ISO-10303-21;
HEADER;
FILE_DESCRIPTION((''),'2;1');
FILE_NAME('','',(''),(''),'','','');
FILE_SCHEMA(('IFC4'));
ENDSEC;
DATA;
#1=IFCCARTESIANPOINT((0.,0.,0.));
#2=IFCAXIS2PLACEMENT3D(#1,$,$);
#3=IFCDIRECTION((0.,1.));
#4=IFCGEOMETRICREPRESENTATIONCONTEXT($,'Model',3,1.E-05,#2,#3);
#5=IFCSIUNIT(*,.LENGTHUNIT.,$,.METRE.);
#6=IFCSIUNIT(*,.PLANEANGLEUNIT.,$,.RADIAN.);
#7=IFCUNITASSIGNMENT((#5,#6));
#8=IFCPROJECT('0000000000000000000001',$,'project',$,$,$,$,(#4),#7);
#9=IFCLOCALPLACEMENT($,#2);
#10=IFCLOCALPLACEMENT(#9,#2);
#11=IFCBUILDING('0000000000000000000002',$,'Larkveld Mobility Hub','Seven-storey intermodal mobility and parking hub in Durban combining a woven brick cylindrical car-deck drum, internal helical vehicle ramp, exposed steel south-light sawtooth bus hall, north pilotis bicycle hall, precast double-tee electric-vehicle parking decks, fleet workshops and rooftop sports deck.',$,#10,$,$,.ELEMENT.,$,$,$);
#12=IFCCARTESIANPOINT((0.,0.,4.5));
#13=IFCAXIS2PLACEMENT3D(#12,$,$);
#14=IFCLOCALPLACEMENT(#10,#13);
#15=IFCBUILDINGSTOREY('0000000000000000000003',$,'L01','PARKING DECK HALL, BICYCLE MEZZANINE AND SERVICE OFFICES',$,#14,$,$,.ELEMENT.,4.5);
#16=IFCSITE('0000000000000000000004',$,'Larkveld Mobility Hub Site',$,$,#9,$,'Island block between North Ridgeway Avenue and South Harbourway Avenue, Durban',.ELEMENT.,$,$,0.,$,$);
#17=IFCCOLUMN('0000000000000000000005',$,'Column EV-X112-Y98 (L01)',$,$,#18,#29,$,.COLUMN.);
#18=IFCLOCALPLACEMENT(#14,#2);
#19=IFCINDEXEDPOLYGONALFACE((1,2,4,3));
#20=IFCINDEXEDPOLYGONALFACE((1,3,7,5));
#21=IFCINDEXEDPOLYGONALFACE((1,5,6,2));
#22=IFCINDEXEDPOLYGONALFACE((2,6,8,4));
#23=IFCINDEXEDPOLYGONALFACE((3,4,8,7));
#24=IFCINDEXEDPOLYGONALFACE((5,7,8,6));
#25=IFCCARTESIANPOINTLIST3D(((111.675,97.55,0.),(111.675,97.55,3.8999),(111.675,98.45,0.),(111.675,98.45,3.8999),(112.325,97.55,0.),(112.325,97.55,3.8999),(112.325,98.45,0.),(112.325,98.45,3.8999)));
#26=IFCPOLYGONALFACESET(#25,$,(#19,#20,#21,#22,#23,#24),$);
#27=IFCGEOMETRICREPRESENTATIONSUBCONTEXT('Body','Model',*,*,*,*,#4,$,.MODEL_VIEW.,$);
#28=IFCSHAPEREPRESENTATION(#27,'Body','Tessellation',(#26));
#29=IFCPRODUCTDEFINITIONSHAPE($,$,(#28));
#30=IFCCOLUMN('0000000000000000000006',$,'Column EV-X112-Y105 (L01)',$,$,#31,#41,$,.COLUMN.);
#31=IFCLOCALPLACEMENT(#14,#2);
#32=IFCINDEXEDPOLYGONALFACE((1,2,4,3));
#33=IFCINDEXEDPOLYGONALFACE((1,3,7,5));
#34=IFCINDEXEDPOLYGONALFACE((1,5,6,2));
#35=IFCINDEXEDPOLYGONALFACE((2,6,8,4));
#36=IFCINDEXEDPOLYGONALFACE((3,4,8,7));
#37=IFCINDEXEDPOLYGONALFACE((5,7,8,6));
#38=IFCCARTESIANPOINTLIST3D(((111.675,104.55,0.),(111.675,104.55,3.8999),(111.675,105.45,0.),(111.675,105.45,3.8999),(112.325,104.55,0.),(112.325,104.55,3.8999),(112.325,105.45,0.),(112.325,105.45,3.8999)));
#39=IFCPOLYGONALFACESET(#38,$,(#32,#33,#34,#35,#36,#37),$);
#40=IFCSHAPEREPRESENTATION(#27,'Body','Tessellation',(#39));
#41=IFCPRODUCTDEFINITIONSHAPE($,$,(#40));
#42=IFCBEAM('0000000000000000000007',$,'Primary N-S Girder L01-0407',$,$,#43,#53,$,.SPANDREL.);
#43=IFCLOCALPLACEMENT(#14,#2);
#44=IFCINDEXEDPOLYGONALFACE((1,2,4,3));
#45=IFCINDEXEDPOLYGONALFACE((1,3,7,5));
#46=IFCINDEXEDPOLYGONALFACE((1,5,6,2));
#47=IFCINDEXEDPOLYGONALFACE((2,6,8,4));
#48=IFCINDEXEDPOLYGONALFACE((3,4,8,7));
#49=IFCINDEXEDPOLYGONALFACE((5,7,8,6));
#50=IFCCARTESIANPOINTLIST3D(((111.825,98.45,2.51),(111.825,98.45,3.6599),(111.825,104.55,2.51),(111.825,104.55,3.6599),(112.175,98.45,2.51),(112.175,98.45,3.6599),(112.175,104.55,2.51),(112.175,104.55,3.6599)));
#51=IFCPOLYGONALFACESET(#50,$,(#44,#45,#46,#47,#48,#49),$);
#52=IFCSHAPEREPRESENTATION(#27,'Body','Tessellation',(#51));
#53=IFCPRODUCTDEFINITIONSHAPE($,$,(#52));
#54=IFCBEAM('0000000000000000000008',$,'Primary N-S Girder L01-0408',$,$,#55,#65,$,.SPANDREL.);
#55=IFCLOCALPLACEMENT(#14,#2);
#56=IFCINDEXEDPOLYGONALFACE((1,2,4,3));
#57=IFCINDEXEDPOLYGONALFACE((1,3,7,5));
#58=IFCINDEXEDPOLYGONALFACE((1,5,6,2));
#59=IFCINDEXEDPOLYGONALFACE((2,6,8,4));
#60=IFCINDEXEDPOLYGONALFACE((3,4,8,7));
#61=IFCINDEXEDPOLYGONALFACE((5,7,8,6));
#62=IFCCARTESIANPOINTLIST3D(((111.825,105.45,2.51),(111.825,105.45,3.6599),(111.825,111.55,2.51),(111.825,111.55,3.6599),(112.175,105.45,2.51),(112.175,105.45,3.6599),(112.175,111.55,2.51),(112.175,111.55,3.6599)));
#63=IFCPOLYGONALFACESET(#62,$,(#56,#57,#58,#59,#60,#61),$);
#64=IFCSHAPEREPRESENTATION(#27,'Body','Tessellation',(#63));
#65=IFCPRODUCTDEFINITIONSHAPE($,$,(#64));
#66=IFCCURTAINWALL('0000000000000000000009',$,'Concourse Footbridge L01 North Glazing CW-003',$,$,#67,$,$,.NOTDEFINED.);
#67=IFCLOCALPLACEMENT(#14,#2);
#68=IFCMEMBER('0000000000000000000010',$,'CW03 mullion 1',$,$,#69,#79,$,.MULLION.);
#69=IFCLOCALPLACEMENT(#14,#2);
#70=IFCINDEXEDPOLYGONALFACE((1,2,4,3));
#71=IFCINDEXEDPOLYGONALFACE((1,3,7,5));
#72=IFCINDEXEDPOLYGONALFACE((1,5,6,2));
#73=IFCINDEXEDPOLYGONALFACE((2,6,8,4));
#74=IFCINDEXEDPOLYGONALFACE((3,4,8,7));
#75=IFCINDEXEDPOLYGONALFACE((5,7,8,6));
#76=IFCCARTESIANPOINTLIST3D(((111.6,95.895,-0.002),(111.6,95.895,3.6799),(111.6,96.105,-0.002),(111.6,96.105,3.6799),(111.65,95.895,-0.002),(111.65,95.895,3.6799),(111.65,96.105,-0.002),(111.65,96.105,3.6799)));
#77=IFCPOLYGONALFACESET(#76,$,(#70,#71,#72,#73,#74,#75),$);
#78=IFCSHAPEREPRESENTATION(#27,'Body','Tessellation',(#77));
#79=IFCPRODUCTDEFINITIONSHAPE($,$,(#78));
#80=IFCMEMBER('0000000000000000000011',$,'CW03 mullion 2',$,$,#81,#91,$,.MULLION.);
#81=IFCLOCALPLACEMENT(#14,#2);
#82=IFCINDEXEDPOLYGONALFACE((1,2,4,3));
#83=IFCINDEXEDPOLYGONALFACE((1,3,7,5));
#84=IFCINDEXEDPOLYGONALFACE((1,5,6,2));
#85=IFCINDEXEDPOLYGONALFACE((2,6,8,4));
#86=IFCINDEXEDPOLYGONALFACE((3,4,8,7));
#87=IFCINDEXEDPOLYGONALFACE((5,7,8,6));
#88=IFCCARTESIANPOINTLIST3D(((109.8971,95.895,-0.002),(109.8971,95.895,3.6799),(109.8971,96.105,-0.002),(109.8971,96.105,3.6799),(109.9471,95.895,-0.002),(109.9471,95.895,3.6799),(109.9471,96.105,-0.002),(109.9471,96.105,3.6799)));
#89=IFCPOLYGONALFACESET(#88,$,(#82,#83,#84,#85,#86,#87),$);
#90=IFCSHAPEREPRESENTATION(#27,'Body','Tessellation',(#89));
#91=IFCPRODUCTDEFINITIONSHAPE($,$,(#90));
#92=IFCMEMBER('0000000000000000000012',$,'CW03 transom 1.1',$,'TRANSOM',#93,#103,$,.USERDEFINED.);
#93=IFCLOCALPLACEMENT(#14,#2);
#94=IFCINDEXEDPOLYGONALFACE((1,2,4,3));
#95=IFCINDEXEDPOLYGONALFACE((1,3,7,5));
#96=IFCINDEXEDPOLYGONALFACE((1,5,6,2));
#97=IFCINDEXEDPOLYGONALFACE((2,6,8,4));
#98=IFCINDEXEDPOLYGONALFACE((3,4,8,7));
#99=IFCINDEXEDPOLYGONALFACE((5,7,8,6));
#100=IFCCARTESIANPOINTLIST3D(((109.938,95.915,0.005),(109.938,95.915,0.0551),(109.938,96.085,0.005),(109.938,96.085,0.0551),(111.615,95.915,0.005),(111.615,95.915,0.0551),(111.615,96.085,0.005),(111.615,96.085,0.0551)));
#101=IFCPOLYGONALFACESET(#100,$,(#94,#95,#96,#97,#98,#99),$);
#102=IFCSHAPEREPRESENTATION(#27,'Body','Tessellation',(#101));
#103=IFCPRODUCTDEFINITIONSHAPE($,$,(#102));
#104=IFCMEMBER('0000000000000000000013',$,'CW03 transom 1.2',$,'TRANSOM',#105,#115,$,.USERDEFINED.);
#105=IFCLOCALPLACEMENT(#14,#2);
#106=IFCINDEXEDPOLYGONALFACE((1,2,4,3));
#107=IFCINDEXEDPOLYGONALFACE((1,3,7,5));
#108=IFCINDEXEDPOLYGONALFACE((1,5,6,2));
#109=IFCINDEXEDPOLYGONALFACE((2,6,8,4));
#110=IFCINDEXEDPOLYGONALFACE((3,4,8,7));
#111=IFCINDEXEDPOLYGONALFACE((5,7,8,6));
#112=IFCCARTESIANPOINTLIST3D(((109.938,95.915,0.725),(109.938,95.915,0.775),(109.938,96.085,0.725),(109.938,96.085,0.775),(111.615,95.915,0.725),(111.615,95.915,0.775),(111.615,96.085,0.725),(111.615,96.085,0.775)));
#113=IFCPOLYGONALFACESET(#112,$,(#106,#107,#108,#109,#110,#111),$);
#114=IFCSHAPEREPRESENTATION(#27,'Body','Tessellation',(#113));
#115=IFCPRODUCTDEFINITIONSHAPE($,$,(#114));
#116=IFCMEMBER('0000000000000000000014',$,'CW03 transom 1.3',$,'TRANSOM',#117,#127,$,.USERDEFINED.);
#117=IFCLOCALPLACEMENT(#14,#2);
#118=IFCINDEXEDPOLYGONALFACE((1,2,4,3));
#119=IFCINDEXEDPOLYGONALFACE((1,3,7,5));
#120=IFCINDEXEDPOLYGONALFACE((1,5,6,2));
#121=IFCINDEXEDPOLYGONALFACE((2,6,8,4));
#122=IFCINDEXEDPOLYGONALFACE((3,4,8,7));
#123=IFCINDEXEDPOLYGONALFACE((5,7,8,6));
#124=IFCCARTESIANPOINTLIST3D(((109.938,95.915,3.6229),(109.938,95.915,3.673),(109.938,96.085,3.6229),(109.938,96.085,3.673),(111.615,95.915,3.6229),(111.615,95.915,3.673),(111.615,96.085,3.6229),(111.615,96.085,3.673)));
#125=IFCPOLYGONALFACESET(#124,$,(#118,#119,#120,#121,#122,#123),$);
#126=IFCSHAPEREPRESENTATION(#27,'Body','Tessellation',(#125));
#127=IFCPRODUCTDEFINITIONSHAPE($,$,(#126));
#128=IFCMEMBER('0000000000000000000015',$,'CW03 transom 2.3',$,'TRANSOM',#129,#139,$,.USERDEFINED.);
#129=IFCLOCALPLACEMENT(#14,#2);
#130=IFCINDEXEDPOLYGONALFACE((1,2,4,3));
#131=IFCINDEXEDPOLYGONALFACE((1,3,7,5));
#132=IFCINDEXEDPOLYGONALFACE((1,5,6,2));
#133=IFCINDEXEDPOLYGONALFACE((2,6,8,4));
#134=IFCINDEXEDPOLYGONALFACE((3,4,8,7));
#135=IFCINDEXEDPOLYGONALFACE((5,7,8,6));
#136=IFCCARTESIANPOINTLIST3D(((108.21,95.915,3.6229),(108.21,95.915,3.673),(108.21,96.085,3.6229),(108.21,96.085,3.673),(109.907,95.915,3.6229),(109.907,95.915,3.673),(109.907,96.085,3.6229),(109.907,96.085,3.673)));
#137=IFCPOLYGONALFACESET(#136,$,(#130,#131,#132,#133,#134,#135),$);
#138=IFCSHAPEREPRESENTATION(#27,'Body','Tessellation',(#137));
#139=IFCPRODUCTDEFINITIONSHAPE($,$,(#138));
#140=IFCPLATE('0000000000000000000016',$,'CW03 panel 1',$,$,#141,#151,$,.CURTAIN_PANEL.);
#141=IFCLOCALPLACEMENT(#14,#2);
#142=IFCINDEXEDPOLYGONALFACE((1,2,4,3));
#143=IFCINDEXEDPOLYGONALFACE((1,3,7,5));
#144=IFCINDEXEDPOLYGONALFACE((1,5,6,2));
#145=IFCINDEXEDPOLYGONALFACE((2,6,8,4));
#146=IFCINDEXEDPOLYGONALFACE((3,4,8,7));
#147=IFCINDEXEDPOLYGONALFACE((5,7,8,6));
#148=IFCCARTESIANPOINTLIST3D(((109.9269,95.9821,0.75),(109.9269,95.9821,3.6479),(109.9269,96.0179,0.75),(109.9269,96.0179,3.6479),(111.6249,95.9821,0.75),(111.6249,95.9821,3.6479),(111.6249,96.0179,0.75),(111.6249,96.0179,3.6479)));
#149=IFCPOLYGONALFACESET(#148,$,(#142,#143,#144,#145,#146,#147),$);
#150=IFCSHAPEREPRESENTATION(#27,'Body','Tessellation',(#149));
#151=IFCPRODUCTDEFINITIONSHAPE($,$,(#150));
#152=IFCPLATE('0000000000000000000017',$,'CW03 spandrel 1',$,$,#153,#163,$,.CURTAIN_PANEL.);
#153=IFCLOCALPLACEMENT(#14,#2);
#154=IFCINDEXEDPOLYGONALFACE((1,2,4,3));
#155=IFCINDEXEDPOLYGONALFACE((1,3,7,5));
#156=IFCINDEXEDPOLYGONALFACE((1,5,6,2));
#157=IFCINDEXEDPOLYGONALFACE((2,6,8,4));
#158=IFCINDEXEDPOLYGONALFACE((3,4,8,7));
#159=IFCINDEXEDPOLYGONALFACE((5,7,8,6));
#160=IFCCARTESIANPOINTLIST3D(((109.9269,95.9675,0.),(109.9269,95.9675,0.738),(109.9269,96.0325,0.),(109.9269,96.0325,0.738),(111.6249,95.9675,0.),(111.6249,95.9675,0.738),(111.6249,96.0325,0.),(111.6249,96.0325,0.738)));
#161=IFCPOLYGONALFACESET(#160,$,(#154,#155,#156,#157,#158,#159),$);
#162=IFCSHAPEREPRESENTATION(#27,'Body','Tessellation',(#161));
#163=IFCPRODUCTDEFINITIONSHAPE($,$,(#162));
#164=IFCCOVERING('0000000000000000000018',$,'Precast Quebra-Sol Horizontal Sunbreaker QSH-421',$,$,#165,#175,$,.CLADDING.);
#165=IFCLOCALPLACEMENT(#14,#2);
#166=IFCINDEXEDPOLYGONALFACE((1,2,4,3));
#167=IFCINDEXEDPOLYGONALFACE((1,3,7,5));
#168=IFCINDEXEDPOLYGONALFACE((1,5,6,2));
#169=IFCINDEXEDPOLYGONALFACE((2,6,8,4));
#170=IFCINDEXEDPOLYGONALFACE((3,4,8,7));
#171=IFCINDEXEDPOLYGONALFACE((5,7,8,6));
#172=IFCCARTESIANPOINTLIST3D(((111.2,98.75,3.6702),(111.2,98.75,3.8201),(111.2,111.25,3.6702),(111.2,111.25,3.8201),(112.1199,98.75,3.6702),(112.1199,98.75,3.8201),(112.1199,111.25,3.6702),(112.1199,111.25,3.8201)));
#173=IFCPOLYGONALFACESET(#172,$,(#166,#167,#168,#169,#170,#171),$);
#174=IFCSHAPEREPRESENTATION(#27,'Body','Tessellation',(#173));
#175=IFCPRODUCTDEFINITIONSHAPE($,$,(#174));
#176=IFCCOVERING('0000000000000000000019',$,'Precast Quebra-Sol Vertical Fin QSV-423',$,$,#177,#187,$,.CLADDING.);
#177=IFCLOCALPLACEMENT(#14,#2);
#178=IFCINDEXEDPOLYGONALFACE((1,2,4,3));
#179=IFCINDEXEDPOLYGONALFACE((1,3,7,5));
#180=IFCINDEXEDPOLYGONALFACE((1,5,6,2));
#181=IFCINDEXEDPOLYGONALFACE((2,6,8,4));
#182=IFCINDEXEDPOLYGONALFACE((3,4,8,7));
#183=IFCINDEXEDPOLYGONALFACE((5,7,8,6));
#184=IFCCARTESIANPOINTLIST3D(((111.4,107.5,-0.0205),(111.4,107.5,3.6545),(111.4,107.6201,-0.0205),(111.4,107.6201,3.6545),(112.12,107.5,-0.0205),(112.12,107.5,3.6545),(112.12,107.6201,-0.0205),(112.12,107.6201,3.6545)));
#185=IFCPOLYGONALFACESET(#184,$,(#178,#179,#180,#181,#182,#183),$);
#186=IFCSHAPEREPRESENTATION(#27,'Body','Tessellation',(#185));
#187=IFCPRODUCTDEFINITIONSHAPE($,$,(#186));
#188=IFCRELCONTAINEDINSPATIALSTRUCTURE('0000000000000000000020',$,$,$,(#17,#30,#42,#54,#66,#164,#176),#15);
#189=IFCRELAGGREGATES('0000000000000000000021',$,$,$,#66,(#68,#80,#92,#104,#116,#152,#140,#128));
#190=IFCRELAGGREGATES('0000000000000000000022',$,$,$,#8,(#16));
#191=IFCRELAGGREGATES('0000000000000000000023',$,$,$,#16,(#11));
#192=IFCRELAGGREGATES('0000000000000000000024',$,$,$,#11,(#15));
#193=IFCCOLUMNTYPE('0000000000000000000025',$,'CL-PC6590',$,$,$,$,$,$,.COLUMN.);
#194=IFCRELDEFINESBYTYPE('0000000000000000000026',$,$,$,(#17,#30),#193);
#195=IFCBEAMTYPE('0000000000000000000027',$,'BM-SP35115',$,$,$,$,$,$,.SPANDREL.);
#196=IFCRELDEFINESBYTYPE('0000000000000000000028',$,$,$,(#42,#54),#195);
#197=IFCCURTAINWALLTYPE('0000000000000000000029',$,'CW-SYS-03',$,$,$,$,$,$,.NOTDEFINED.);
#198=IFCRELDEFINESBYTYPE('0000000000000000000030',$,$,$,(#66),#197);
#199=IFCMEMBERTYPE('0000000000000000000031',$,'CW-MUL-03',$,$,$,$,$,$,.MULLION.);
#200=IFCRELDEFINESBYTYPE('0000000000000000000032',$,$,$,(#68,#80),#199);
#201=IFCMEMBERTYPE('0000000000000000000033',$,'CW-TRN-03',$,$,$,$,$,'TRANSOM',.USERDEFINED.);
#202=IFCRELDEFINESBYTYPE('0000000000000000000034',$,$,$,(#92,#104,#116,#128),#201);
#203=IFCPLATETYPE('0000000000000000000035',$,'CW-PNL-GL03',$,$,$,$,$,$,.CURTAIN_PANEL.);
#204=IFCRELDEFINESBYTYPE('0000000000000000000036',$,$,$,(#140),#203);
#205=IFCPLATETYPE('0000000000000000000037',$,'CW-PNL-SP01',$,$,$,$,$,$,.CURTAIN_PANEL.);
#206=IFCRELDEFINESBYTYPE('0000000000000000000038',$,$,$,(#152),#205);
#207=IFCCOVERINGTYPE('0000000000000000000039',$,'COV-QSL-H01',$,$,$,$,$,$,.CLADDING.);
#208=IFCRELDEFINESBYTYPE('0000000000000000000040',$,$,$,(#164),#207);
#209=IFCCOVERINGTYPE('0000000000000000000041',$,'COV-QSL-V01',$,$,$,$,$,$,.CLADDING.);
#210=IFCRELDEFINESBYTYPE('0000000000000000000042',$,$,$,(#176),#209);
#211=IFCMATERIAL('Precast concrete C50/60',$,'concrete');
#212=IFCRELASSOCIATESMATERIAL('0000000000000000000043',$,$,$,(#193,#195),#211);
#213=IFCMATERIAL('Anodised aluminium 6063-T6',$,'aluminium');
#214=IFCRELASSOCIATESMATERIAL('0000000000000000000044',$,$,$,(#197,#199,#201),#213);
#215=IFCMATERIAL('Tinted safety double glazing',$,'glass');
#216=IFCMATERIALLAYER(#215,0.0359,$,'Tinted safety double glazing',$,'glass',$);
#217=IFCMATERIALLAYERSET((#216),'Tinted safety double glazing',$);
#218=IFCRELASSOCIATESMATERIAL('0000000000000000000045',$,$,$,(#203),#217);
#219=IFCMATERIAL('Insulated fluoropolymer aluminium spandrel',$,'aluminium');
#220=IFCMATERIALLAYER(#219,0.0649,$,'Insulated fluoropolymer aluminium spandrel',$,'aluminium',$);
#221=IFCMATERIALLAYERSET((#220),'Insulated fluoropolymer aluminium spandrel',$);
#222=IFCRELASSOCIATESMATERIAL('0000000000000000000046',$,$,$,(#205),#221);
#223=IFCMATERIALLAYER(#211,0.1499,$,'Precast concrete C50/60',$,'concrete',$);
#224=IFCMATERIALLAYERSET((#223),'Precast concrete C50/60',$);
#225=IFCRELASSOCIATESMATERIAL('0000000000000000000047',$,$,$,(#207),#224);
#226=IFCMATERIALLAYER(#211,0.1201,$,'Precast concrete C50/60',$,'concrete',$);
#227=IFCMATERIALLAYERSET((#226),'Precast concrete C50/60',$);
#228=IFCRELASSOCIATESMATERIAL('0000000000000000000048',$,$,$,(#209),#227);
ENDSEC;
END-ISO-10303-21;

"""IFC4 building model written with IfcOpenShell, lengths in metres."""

from ifc_helpers import new_model, si_unit, direction, frame, origin, origin_2d, place, context, subcontext, project, spatial, rectangle, extrude, material, layer, layer_set, material_profile, profile_set, type_object, element, aggregate, save


model = new_model("IFC4")

# Units and contexts
model_context = context("Model", 3, precision=1e-05, world=origin(), true_north=direction((0.0, 1.0)))
body_context = subcontext(model_context, "Body", "Model", "MODEL_VIEW")
ifc_project = project(units=[si_unit("LENGTHUNIT", "METRE"), si_unit("PLANEANGLEUNIT", "RADIAN")], contexts=[model_context])

# Site, building, storey
site_placement = place(None, origin())
site = spatial("IfcSite", under=ifc_project, at=site_placement, Name="Larkveld Mobility Hub Site", LongName="Island block between North Ridgeway Avenue and South Harbourway Avenue, Durban", CompositionType="ELEMENT", RefElevation=0.0)
building_placement = place(site_placement, origin())
building = spatial("IfcBuilding", under=site, at=building_placement, Name="Larkveld Mobility Hub", Description="Seven-storey intermodal mobility and parking hub in Durban combining a woven brick cylindrical car-deck drum, internal helical vehicle ramp, exposed steel south-light sawtooth bus hall, north pilotis bicycle hall, precast double-tee electric-vehicle parking decks, fleet workshops and rooftop sports deck.", CompositionType="ELEMENT")
storey_placement = place(building_placement, frame((0.0, 0.0, 4.5)))
storey = spatial("IfcBuildingStorey", under=building, at=storey_placement, Name="L01", Description="PARKING DECK HALL, BICYCLE MEZZANINE AND SERVICE OFFICES", CompositionType="ELEMENT", Elevation=4.5)

# Columns
ifc_material_1 = material(Name="Precast concrete C50/60", Category="concrete")
ifc_material_profile_1 = material_profile(ifc_material_1, rectangle(XDim=0.6499, YDim=0.8999, at=origin_2d()), Name="RC COL 650x900")
ifc_profile_set_1 = profile_set([ifc_material_profile_1], Name="Precast concrete C50/60")
column_type = type_object("IfcColumnType", Name="CL-PC6590", PredefinedType="COLUMN", material=ifc_profile_set_1)
for number, where, z_axis, x_axis, name in (
    (1, (112.0, 98.0, 0.0), (0.0, 0.0, 1.0), (1.0, 0.0, 0.0), "Column EV-X112-Y98 (L01)"),
    (2, (112.0, 105.0, 0.0), (0.0, 0.0, 1.0), (1.0, 0.0, 0.0), "Column EV-X112-Y105 (L01)"),
):
    element("IfcColumn", number, at=place(storey_placement, frame(where, z_axis=z_axis, x_axis=x_axis)), inside=storey, type_object=column_type, Name=name, PredefinedType="COLUMN", context=body_context, shape_type="SweptSolid", body=[
        extrude(rectangle(XDim=0.6499, YDim=0.8999, at=origin_2d()), origin(), (0.0, 0.0, 1.0), 3.8999),
    ])

# Beams
ifc_material_profile_2 = material_profile(ifc_material_1, rectangle(XDim=0.3501, YDim=1.1499, at=origin_2d()), Name="PC SP 350x1150")
ifc_profile_set_2 = profile_set([ifc_material_profile_2], Name="Precast concrete C50/60")
beam_type = type_object("IfcBeamType", Name="BM-SP35115", PredefinedType="SPANDREL", material=ifc_profile_set_2)
for number, where, z_axis, x_axis, name in (
    (3, (112.0, 98.45, 3.085), (0.0, 1.0, 0.0), (-1.0, 0.0, 0.0), "Primary N-S Girder L01-0407"),
    (4, (112.0, 105.45, 3.085), (0.0, 1.0, 0.0), (-1.0, 0.0, 0.0), "Primary N-S Girder L01-0408"),
):
    element("IfcBeam", number, at=place(storey_placement, frame(where, z_axis=z_axis, x_axis=x_axis)), inside=storey, type_object=beam_type, Name=name, PredefinedType="SPANDREL", context=body_context, shape_type="SweptSolid", body=[
        extrude(rectangle(XDim=0.3501, YDim=1.1499, at=origin_2d()), origin(), (0.0, 0.0, 1.0), 6.1001),
    ])

# Curtain wall, members, plates
ifc_material_2 = material(Name="Anodised aluminium 6063-T6", Category="aluminium")
curtain_wall_type = type_object("IfcCurtainWallType", Name="CW-SYS-03", PredefinedType="NOTDEFINED", material=ifc_material_2)
curtain_wall_placement = place(storey_placement, origin())
curtain_wall = element("IfcCurtainWall", 5, at=curtain_wall_placement, inside=storey, type_object=curtain_wall_type, Name="Concourse Footbridge L01 North Glazing CW-003", PredefinedType="NOTDEFINED")
ifc_material_profile_3 = material_profile(ifc_material_2, rectangle(XDim=0.05, YDim=0.21, at=origin_2d()), Name="ALU MULL 50x210")
ifc_profile_set_3 = profile_set([ifc_material_profile_3], Name="Anodised aluminium 6063-T6")
member_type_1 = type_object("IfcMemberType", Name="CW-MUL-03", PredefinedType="MULLION", material=ifc_profile_set_3)
member_1_placement = place(storey_placement, frame((111.625, 96.0, -0.002), z_axis=(0.0, 0.0, 1.0), x_axis=(-1.0, 0.0, 0.0)))
member_1 = element("IfcMember", 6, at=member_1_placement, type_object=member_type_1, Name="CW03 mullion 1", PredefinedType="MULLION", context=body_context, shape_type="SweptSolid", body=[
    extrude(rectangle(XDim=0.05, YDim=0.21, at=origin_2d()), origin(), (0.0, 0.0, 1.0), 3.6819),
])
member_2_placement = place(storey_placement, frame((109.9221, 96.0, -0.002), z_axis=(0.0, 0.0, 1.0), x_axis=(-1.0, 0.0, 0.0)))
member_2 = element("IfcMember", 7, at=member_2_placement, type_object=member_type_1, Name="CW03 mullion 2", PredefinedType="MULLION", context=body_context, shape_type="SweptSolid", body=[
    extrude(rectangle(XDim=0.05, YDim=0.21, at=origin_2d()), origin(), (0.0, 0.0, 1.0), 3.6819),
])
ifc_material_profile_4 = material_profile(ifc_material_2, rectangle(XDim=0.1699, YDim=0.05, at=origin_2d()), Name="ALU TRAN 50x170")
ifc_profile_set_4 = profile_set([ifc_material_profile_4], Name="Anodised aluminium 6063-T6")
member_type_2 = type_object("IfcMemberType", Name="CW-TRN-03", ElementType="TRANSOM", PredefinedType="USERDEFINED", material=ifc_profile_set_4)
member_3_placement = place(storey_placement, frame((111.615, 96.0, 0.03), z_axis=(-1.0, 0.0, 0.0), x_axis=(0.0, -1.0, 0.0)))
member_3 = element("IfcMember", 8, at=member_3_placement, type_object=member_type_2, Name="CW03 transom 1.1", ObjectType="TRANSOM", PredefinedType="USERDEFINED", context=body_context, shape_type="SweptSolid", body=[
    extrude(rectangle(XDim=0.1699, YDim=0.05, at=origin_2d()), origin(), (0.0, 0.0, 1.0), 1.677),
])
member_4_placement = place(storey_placement, frame((111.615, 96.0, 0.75), z_axis=(-1.0, 0.0, 0.0), x_axis=(0.0, -1.0, 0.0)))
member_4 = element("IfcMember", 9, at=member_4_placement, type_object=member_type_2, Name="CW03 transom 1.2", ObjectType="TRANSOM", PredefinedType="USERDEFINED", context=body_context, shape_type="SweptSolid", body=[
    extrude(rectangle(XDim=0.1699, YDim=0.05, at=origin_2d()), origin(), (0.0, 0.0, 1.0), 1.677),
])
member_5_placement = place(storey_placement, frame((111.615, 96.0, 3.6479), z_axis=(-1.0, 0.0, 0.0), x_axis=(0.0, -1.0, 0.0)))
member_5 = element("IfcMember", 10, at=member_5_placement, type_object=member_type_2, Name="CW03 transom 1.3", ObjectType="TRANSOM", PredefinedType="USERDEFINED", context=body_context, shape_type="SweptSolid", body=[
    extrude(rectangle(XDim=0.1699, YDim=0.05, at=origin_2d()), origin(), (0.0, 0.0, 1.0), 1.677),
])
member_6_placement = place(storey_placement, frame((109.907, 96.0, 3.6479), z_axis=(-1.0, 0.0, 0.0), x_axis=(0.0, -1.0, 0.0)))
member_6 = element("IfcMember", 11, at=member_6_placement, type_object=member_type_2, Name="CW03 transom 2.3", ObjectType="TRANSOM", PredefinedType="USERDEFINED", context=body_context, shape_type="SweptSolid", body=[
    extrude(rectangle(XDim=0.1699, YDim=0.05, at=origin_2d()), origin(), (0.0, 0.0, 1.0), 1.697),
])
ifc_material_3 = material(Name="Tinted safety double glazing", Category="glass")
ifc_layer_1 = layer(ifc_material_3, 0.0359, Name="Tinted safety double glazing", Category="glass")
ifc_layer_set_1 = layer_set([ifc_layer_1], Name="Tinted safety double glazing")
plate_type_1 = type_object("IfcPlateType", Name="CW-PNL-GL03", PredefinedType="CURTAIN_PANEL", material=ifc_layer_set_1)
plate_1_placement = place(storey_placement, frame((110.7759, 96.0, 0.75), z_axis=(0.0, 0.0, 1.0), x_axis=(-1.0, 0.0, 0.0)))
plate_1 = element("IfcPlate", 12, at=plate_1_placement, type_object=plate_type_1, Name="CW03 panel 1", PredefinedType="CURTAIN_PANEL", context=body_context, shape_type="SweptSolid", body=[
    extrude(rectangle(XDim=1.698, YDim=0.0359, at=origin_2d()), origin(), (0.0, 0.0, 1.0), 2.8979),
])
ifc_material_4 = material(Name="Insulated fluoropolymer aluminium spandrel", Category="aluminium")
ifc_layer_2 = layer(ifc_material_4, 0.0649, Name="Insulated fluoropolymer aluminium spandrel", Category="aluminium")
ifc_layer_set_2 = layer_set([ifc_layer_2], Name="Insulated fluoropolymer aluminium spandrel")
plate_type_2 = type_object("IfcPlateType", Name="CW-PNL-SP01", PredefinedType="CURTAIN_PANEL", material=ifc_layer_set_2)
plate_2_placement = place(storey_placement, frame((110.7759, 96.0, 0.0), z_axis=(0.0, 0.0, 1.0), x_axis=(-1.0, 0.0, 0.0)))
plate_2 = element("IfcPlate", 13, at=plate_2_placement, type_object=plate_type_2, Name="CW03 spandrel 1", PredefinedType="CURTAIN_PANEL", context=body_context, shape_type="SweptSolid", body=[
    extrude(rectangle(XDim=1.698, YDim=0.0649, at=origin_2d()), origin(), (0.0, 0.0, 1.0), 0.738),
])
aggregate(curtain_wall, [member_1, member_2, member_3, member_4, member_5, plate_2, plate_1, member_6])

# Coverings
ifc_layer_3 = layer(ifc_material_1, 0.1499, Name="Precast concrete C50/60", Category="concrete")
ifc_layer_set_3 = layer_set([ifc_layer_3], Name="Precast concrete C50/60")
covering_type_1 = type_object("IfcCoveringType", Name="COV-QSL-H01", PredefinedType="CLADDING", material=ifc_layer_set_3)
covering_placement = place(storey_placement, frame((111.6599, 105.0, 3.6702), z_axis=(0.0, 0.0, 1.0), x_axis=(0.0, -1.0, 0.0)))
element("IfcCovering", 14, at=covering_placement, inside=storey, type_object=covering_type_1, Name="Precast Quebra-Sol Horizontal Sunbreaker QSH-421", PredefinedType="CLADDING", context=body_context, shape_type="SweptSolid", body=[
    extrude(rectangle(XDim=12.5, YDim=0.9199, at=origin_2d()), origin(), (0.0, 0.0, 1.0), 0.1499),
])
ifc_layer_4 = layer(ifc_material_1, 0.1201, Name="Precast concrete C50/60", Category="concrete")
ifc_layer_set_4 = layer_set([ifc_layer_4], Name="Precast concrete C50/60")
covering_type_2 = type_object("IfcCoveringType", Name="COV-QSL-V01", PredefinedType="CLADDING", material=ifc_layer_set_4)
for number, where, z_axis, x_axis, name in (
    (15, (111.76, 107.5601, -0.0205), (0.0, 0.0, 1.0), (0.0, -1.0, 0.0), "Precast Quebra-Sol Vertical Fin QSV-423"),
):
    element("IfcCovering", number, at=place(storey_placement, frame(where, z_axis=z_axis, x_axis=x_axis)), inside=storey, type_object=covering_type_2, Name=name, PredefinedType="CLADDING", context=body_context, shape_type="SweptSolid", body=[
        extrude(rectangle(XDim=0.1201, YDim=0.72, at=origin_2d()), origin(), (0.0, 0.0, 1.0), 3.675),
    ])

save(model, "model.ifc")
